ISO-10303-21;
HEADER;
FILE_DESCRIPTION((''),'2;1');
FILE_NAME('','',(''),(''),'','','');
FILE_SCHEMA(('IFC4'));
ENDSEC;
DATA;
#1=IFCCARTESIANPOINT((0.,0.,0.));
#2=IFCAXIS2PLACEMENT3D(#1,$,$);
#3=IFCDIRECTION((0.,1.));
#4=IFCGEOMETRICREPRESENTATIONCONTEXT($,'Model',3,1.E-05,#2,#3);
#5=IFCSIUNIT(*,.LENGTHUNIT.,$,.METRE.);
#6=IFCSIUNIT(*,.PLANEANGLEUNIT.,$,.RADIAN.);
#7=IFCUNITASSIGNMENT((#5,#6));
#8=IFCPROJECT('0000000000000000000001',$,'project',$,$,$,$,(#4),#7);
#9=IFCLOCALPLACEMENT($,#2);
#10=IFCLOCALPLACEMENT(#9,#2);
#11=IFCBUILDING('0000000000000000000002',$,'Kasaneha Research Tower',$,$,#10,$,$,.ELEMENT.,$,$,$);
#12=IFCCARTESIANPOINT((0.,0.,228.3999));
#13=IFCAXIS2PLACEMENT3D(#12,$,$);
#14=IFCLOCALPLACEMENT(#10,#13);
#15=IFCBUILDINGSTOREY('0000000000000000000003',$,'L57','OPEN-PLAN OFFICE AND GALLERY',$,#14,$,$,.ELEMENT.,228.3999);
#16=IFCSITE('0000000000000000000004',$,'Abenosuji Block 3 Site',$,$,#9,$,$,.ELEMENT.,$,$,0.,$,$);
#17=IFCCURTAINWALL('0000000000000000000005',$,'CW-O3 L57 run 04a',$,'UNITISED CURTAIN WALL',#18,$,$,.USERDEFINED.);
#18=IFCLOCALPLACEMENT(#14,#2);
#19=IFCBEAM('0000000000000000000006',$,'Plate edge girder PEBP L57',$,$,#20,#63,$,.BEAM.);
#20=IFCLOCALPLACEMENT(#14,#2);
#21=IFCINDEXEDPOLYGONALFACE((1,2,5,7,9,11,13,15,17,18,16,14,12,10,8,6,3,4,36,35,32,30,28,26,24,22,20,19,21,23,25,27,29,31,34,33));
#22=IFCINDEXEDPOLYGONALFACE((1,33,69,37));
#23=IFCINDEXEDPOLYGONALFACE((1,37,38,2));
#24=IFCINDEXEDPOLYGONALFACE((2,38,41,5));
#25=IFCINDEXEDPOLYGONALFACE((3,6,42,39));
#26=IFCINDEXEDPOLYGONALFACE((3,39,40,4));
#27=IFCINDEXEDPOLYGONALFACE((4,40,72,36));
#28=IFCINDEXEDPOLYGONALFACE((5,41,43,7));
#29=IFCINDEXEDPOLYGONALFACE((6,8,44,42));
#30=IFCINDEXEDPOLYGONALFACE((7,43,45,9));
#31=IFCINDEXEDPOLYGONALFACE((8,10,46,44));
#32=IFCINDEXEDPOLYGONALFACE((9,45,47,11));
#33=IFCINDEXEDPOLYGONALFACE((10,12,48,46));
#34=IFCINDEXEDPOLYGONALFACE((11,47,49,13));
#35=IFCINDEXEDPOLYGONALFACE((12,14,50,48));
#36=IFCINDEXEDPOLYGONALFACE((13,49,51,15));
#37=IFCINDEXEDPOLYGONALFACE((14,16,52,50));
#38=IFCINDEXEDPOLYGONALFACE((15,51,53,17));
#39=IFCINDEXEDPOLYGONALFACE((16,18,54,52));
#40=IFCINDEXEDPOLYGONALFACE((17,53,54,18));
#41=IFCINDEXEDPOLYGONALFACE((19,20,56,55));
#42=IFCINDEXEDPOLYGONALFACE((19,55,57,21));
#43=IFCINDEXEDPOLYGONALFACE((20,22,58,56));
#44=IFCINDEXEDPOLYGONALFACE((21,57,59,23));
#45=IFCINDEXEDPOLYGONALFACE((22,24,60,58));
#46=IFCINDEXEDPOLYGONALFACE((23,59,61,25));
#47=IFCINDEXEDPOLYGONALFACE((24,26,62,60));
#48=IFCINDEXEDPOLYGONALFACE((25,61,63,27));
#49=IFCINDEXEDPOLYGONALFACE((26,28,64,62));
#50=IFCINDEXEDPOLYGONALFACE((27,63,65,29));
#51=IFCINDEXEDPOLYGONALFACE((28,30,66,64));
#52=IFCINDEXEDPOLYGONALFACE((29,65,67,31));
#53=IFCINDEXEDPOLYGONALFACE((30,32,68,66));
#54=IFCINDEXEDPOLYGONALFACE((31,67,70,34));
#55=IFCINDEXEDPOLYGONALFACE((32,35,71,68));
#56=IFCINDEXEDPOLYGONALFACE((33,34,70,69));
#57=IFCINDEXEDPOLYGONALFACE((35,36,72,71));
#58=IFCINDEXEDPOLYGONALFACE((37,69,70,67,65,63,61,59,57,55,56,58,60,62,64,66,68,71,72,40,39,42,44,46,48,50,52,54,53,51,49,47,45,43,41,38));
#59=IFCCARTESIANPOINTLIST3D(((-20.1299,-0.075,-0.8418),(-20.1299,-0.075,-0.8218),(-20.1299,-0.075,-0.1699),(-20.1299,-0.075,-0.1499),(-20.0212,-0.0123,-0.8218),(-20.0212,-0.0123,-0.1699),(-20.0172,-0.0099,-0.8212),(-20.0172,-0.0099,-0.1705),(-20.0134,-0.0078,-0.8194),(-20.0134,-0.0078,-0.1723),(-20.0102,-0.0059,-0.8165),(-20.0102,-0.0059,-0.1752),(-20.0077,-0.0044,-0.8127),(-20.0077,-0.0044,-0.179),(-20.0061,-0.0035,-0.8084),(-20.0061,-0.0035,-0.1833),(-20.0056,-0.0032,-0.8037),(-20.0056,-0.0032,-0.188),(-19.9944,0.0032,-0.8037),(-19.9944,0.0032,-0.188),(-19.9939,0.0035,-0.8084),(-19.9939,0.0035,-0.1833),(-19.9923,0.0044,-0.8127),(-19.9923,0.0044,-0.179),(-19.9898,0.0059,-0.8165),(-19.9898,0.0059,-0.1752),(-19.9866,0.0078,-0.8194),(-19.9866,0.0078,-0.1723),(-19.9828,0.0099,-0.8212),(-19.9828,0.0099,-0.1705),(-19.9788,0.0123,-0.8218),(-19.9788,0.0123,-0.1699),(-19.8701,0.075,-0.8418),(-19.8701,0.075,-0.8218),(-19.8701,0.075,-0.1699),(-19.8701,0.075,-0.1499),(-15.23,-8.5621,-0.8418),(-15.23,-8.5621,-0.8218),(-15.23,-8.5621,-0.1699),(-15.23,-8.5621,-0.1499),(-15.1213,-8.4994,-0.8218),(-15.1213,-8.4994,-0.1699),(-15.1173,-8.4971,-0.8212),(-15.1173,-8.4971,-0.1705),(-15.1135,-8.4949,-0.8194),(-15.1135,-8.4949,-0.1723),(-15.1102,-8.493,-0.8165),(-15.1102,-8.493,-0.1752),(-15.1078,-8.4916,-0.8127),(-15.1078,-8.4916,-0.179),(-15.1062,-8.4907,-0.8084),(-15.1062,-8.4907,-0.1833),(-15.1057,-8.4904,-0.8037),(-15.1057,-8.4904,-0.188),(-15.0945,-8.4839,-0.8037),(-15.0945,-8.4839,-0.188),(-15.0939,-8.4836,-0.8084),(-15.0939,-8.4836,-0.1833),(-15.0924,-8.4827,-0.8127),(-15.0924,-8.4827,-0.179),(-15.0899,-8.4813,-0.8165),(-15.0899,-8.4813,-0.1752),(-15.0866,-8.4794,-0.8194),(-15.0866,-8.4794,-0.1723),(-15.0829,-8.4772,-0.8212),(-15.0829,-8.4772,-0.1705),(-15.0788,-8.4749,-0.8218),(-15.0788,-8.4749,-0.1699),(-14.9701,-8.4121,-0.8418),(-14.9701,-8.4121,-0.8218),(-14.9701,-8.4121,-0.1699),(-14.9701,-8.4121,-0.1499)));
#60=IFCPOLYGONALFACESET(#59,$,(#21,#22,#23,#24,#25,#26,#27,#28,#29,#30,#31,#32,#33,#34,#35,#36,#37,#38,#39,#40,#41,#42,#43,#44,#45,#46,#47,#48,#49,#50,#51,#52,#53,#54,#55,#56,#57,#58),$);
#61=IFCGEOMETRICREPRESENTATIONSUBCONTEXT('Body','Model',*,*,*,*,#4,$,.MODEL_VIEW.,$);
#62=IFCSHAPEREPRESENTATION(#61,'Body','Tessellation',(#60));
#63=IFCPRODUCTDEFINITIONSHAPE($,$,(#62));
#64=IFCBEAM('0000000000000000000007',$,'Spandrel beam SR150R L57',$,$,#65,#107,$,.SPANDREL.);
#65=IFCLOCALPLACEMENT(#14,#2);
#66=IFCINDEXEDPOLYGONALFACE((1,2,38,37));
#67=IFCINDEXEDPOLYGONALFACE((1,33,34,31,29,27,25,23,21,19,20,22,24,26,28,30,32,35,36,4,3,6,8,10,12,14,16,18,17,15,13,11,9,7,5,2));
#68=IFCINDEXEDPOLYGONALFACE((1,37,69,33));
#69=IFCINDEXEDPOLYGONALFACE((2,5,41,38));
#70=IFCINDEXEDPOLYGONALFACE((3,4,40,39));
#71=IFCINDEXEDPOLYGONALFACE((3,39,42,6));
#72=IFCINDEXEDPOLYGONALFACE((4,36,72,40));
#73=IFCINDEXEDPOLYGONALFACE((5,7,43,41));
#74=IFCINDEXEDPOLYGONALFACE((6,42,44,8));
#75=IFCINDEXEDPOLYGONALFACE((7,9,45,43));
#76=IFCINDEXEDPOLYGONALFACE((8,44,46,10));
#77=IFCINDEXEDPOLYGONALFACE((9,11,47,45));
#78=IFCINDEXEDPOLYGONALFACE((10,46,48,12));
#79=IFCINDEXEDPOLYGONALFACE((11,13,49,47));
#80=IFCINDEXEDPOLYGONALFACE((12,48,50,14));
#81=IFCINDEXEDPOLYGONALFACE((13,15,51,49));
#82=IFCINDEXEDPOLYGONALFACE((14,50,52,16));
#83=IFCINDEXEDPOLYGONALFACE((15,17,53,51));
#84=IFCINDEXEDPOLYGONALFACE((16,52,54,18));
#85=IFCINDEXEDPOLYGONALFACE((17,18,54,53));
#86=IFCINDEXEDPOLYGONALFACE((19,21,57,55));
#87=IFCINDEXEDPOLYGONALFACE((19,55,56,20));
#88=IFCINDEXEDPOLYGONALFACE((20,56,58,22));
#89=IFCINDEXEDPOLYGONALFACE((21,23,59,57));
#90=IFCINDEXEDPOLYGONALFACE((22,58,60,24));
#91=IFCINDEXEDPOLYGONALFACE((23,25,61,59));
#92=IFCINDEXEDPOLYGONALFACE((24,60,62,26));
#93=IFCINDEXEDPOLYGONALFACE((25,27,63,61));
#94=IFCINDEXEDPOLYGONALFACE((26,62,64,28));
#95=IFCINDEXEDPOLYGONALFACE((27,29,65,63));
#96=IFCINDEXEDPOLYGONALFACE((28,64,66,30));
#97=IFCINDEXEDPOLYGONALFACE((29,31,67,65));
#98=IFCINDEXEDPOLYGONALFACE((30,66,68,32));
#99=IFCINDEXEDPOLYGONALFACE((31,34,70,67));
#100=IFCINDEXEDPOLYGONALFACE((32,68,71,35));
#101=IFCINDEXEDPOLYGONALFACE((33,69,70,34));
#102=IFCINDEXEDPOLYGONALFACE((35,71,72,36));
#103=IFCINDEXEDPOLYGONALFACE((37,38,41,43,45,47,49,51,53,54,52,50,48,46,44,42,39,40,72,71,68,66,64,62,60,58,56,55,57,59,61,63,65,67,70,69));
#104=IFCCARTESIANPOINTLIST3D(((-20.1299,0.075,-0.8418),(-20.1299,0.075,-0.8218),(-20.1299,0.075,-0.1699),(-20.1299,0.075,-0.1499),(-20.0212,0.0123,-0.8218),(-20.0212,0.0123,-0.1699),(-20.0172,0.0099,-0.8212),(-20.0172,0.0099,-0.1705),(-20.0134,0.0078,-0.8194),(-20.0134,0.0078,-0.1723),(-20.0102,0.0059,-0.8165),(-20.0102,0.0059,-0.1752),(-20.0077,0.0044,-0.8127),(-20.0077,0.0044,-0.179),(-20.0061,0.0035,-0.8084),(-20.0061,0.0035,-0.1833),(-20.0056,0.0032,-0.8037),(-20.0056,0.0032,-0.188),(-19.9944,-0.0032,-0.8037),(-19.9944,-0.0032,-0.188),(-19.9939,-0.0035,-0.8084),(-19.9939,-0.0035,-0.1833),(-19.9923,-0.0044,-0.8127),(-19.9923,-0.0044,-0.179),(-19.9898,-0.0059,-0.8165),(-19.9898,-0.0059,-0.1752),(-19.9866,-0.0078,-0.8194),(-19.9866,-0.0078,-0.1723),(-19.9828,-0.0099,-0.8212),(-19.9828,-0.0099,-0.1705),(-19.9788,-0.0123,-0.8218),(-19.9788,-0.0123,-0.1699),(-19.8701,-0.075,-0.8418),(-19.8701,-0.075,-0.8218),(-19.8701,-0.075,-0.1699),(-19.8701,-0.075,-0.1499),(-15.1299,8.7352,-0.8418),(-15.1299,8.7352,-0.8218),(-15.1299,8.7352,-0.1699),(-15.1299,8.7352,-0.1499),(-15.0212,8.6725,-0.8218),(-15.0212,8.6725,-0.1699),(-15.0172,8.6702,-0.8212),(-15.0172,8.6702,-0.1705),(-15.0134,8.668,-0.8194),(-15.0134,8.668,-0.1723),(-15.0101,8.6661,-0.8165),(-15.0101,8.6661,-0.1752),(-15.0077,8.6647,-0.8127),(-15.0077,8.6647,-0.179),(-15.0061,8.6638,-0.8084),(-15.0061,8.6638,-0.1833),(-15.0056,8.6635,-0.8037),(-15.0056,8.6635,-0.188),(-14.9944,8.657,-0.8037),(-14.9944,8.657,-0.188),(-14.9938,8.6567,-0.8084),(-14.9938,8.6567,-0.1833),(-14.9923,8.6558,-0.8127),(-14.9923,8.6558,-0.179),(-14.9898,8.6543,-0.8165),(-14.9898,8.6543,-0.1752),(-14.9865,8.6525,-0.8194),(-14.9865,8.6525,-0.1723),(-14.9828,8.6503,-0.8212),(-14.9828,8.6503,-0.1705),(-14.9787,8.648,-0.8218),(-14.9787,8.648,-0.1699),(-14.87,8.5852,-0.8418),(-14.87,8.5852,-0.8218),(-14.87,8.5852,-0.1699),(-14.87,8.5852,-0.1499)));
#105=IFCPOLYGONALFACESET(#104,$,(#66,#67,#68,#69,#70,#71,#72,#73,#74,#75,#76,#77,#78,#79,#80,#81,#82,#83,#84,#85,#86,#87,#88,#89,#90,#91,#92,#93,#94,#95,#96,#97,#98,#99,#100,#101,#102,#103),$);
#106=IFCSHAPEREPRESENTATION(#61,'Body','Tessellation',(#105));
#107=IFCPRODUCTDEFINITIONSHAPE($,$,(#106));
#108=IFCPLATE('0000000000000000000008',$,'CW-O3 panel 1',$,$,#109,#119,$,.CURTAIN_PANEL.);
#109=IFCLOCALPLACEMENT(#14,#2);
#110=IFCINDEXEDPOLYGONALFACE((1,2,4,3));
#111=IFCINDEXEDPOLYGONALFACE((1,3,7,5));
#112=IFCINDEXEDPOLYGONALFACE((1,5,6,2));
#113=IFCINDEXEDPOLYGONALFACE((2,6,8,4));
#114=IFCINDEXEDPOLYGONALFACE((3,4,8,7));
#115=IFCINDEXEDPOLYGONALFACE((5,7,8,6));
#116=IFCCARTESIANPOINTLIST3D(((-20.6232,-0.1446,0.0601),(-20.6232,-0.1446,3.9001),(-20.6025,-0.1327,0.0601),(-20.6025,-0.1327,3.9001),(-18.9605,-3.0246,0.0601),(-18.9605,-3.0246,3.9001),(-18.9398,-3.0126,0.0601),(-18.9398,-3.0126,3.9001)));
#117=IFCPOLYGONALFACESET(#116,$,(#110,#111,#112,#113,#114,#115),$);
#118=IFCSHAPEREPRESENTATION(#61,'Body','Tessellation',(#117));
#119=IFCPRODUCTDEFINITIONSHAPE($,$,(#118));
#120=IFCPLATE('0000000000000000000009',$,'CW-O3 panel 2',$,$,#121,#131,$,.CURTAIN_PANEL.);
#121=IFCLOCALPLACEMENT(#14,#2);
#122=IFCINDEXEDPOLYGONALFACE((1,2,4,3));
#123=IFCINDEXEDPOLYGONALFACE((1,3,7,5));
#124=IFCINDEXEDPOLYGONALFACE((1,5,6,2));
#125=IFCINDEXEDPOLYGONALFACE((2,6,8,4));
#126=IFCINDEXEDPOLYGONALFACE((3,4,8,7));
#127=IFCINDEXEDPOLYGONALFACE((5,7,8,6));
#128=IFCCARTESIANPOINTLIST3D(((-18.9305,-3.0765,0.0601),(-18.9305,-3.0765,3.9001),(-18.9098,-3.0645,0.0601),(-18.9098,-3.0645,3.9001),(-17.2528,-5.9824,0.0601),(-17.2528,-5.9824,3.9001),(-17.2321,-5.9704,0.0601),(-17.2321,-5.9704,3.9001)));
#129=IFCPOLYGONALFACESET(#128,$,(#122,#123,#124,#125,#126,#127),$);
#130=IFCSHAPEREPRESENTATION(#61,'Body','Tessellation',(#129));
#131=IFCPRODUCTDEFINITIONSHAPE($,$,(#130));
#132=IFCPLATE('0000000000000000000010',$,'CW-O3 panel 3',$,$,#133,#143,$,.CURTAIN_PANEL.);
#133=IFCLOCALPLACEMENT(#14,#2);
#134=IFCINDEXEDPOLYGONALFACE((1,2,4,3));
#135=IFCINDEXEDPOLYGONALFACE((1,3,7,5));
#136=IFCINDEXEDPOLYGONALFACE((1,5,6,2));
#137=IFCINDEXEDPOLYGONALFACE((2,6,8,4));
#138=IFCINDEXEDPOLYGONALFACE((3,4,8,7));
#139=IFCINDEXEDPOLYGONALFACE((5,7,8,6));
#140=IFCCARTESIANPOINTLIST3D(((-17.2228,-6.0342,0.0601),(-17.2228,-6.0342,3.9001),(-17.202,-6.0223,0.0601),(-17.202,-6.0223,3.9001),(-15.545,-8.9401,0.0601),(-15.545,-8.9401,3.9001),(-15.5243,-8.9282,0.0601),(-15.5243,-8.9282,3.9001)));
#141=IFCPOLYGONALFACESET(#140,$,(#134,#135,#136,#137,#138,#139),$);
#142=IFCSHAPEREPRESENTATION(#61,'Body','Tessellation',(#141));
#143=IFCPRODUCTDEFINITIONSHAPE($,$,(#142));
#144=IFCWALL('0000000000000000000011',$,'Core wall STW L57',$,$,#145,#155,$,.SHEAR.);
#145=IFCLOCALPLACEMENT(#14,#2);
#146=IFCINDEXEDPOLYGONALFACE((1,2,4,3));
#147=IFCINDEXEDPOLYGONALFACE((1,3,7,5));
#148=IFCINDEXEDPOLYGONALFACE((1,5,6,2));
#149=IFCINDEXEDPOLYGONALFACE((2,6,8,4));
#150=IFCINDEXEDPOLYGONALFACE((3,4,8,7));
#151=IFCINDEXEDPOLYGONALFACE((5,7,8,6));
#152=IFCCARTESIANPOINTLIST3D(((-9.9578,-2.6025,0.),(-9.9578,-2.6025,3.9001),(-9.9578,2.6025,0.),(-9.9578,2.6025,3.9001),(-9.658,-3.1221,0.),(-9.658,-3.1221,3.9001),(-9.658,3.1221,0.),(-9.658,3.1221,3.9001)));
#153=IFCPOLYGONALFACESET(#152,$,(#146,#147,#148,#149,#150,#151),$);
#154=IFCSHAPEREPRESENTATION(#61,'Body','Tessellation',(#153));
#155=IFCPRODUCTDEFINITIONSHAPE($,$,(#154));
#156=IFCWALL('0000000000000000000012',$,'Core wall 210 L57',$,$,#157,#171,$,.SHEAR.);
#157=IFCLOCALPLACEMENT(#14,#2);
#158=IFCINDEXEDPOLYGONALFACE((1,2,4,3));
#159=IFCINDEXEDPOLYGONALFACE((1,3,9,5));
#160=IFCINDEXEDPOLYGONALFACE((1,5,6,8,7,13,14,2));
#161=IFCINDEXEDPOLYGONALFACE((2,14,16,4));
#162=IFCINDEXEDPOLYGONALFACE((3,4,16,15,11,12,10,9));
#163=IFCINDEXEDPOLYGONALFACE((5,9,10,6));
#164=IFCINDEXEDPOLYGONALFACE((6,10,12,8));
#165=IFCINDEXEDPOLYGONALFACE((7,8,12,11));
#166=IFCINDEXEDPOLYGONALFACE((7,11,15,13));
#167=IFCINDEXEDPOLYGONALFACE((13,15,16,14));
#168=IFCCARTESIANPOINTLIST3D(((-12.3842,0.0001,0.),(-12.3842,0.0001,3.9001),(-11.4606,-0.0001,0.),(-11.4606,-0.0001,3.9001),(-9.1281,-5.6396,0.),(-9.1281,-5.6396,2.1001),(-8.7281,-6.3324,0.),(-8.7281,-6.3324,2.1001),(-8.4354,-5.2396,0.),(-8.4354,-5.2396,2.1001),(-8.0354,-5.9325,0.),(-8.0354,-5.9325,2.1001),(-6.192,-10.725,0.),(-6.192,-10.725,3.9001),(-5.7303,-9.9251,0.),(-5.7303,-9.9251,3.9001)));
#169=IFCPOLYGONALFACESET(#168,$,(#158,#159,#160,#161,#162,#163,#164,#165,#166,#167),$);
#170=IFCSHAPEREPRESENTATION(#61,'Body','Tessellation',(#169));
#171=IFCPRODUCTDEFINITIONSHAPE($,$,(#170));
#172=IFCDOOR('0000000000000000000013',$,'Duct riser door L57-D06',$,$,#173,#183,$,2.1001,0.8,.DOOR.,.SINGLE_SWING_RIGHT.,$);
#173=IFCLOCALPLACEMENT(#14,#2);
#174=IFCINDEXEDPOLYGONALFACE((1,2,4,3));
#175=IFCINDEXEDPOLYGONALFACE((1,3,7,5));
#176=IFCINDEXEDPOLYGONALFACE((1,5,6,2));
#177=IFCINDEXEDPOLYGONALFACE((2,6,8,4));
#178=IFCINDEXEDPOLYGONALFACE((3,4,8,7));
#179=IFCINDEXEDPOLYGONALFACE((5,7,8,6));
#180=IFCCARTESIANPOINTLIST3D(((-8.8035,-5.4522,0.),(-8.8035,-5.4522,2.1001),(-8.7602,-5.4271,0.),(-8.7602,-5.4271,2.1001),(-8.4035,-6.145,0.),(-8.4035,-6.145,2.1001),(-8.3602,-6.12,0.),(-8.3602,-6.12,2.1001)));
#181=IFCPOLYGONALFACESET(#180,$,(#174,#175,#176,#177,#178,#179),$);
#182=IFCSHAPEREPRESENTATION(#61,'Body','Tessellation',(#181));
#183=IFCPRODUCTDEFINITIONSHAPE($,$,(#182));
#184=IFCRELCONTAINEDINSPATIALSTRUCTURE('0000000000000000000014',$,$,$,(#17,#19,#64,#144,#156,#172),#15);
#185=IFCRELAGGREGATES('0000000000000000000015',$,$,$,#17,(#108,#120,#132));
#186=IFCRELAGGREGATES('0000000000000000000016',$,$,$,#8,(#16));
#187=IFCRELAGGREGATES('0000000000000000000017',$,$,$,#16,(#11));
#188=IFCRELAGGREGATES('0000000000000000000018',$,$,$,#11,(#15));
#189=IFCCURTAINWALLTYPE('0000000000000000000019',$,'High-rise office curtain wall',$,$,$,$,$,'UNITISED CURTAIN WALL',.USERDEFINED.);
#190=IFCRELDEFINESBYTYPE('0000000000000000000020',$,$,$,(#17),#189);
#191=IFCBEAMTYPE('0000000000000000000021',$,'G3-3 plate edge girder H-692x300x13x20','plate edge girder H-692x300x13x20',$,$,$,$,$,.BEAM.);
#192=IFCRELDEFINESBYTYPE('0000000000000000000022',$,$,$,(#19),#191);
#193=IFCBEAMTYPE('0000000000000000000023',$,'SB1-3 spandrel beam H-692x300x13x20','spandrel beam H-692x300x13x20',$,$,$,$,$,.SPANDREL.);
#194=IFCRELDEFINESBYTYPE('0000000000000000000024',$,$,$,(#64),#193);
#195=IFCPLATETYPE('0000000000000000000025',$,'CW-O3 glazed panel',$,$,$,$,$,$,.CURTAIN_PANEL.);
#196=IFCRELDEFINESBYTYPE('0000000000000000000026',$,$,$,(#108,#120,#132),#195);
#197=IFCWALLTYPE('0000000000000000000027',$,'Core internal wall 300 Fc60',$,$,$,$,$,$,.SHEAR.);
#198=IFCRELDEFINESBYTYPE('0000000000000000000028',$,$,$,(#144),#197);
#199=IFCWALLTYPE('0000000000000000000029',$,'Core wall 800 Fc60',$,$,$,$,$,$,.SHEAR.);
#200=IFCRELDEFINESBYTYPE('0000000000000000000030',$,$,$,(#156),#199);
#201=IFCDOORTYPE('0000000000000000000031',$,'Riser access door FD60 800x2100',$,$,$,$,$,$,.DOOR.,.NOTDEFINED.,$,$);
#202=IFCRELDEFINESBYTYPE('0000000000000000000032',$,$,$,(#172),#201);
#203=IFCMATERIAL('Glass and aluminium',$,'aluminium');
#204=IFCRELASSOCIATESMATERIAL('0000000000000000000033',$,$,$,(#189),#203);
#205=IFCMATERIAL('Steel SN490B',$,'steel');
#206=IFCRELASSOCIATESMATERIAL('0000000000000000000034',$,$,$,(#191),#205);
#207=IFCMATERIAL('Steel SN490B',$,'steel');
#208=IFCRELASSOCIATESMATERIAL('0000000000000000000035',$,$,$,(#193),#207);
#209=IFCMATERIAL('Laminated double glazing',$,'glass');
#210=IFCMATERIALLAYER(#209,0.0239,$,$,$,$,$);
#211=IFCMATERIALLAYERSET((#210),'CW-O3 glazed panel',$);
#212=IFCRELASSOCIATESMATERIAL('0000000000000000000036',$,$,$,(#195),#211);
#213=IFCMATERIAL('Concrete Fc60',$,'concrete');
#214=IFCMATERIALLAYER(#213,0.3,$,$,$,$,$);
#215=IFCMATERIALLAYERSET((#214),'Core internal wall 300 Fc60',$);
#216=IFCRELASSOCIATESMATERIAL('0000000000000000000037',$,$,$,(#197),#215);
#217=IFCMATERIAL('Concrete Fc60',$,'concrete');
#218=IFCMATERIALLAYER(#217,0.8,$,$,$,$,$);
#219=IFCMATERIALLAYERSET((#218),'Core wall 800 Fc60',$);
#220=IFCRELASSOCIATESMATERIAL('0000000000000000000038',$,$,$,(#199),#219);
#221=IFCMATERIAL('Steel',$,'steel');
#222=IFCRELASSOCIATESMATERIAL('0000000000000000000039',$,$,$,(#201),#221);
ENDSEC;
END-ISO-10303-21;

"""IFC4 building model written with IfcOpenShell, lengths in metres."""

from ifc_helpers import new_model, si_unit, direction, frame, frame_2d, origin, origin_2d, place, context, subcontext, project, spatial, polyline, rectangle, i_section, outline, extrude, material, layer, layer_set, material_profile, profile_set, type_object, element, fill, aggregate, save


model = new_model("IFC4")

# Units and contexts
model_context = context("Model", 3, precision=1e-05, world=origin(), true_north=direction((0.0, 1.0)))
body_context = subcontext(model_context, "Body", "Model", "MODEL_VIEW")
ifc_project = project(units=[si_unit("LENGTHUNIT", "METRE"), si_unit("PLANEANGLEUNIT", "RADIAN")], contexts=[model_context])

# Site, building, storey
site_placement = place(None, origin())
site = spatial("IfcSite", under=ifc_project, at=site_placement, Name="Abenosuji Block 3 Site", CompositionType="ELEMENT", RefElevation=0.0)
building_placement = place(site_placement, origin())
building = spatial("IfcBuilding", under=site, at=building_placement, Name="Kasaneha Research Tower", CompositionType="ELEMENT")
storey_placement = place(building_placement, frame((0.0, 0.0, 228.3999)))
storey = spatial("IfcBuildingStorey", under=building, at=storey_placement, Name="L57", Description="OPEN-PLAN OFFICE AND GALLERY", CompositionType="ELEMENT", Elevation=228.3999)

# Curtain wall
ifc_material_1 = material(Name="Glass and aluminium", Category="aluminium")
curtain_wall_type = type_object("IfcCurtainWallType", Name="High-rise office curtain wall", ElementType="UNITISED CURTAIN WALL", PredefinedType="USERDEFINED", material=ifc_material_1)
curtain_wall_placement = place(storey_placement, origin())
curtain_wall = element("IfcCurtainWall", 1, at=curtain_wall_placement, inside=storey, type_object=curtain_wall_type, Name="CW-O3 L57 run 04a", ObjectType="UNITISED CURTAIN WALL", PredefinedType="USERDEFINED")

# Beams
ifc_material_2 = material(Name="Steel SN490B", Category="steel")
ifc_material_profile_1 = material_profile(ifc_material_2, i_section(OverallWidth=0.3, OverallDepth=0.6919, WebThickness=0.0129, FlangeThickness=0.02, FilletRadius=0.0181, at=origin_2d()), Name="H-692x300x13x20")
ifc_profile_set_1 = profile_set([ifc_material_profile_1], Name="Steel SN490B")
beam_type_1 = type_object("IfcBeamType", Name="G3-3 plate edge girder H-692x300x13x20", Description="plate edge girder H-692x300x13x20", PredefinedType="BEAM", material=ifc_profile_set_1)
beam_1_placement = place(storey_placement, frame((-20.0, 0.0, -0.4958), z_axis=(0.499992, -0.86603, 0.0), x_axis=(0.86603, 0.499992, 0.0)))
element("IfcBeam", 2, at=beam_1_placement, inside=storey, type_object=beam_type_1, Name="Plate edge girder PEBP L57", PredefinedType="BEAM", context=body_context, shape_type="SweptSolid", body=[
    extrude(i_section(OverallWidth=0.3, OverallDepth=0.6919, WebThickness=0.0129, FlangeThickness=0.02, FilletRadius=0.0181, at=origin_2d()), origin(), (0.0, 0.0, 1.0), 9.8),
])
ifc_material_3 = material(Name="Steel SN490B", Category="steel")
ifc_material_profile_2 = material_profile(ifc_material_3, i_section(OverallWidth=0.3, OverallDepth=0.6919, WebThickness=0.0129, FlangeThickness=0.02, FilletRadius=0.0181, at=origin_2d()), Name="H-692x300x13x20")
ifc_profile_set_2 = profile_set([ifc_material_profile_2], Name="Steel SN490B")
beam_type_2 = type_object("IfcBeamType", Name="SB1-3 spandrel beam H-692x300x13x20", Description="spandrel beam H-692x300x13x20", PredefinedType="SPANDREL", material=ifc_profile_set_2)
beam_2_placement = place(storey_placement, frame((-20.0, 0.0, -0.4958), z_axis=(0.500004, 0.866023, 0.0), x_axis=(-0.866023, 0.500004, 0.0)))
element("IfcBeam", 3, at=beam_2_placement, inside=storey, type_object=beam_type_2, Name="Spandrel beam SR150R L57", PredefinedType="SPANDREL", context=body_context, shape_type="SweptSolid", body=[
    extrude(i_section(OverallWidth=0.3, OverallDepth=0.6919, WebThickness=0.0129, FlangeThickness=0.02, FilletRadius=0.0181, at=origin_2d()), origin(), (0.0, 0.0, 1.0), 10.0),
])

# Plates
ifc_material_4 = material(Name="Laminated double glazing", Category="glass")
ifc_layer_1 = layer(ifc_material_4, 0.0239)
ifc_layer_set_1 = layer_set([ifc_layer_1], Name="CW-O3 glazed panel")
plate_type = type_object("IfcPlateType", Name="CW-O3 glazed panel", PredefinedType="CURTAIN_PANEL", material=ifc_layer_set_1)
plate_1_placement = place(storey_placement, frame((-19.7815, -1.5786, 0.0601), z_axis=(0.0, 0.0, 1.0), x_axis=(0.5, -0.866025, 0.0)))
plate_1 = element("IfcPlate", 4, at=plate_1_placement, type_object=plate_type, Name="CW-O3 panel 1", PredefinedType="CURTAIN_PANEL", context=body_context, shape_type="SweptSolid", body=[
    extrude(rectangle(XDim=3.3254, YDim=0.0239, at=origin_2d()), origin(), (0.0, 0.0, 1.0), 3.8401),
])
plate_2_placement = place(storey_placement, frame((-18.0813, -4.5234, 0.0601), z_axis=(0.0, 0.0, 1.0), x_axis=(0.5, -0.866025, 0.0)))
plate_2 = element("IfcPlate", 5, at=plate_2_placement, type_object=plate_type, Name="CW-O3 panel 2", PredefinedType="CURTAIN_PANEL", context=body_context, shape_type="SweptSolid", body=[
    extrude(rectangle(XDim=3.3555, YDim=0.0239, at=origin_2d()), origin(), (0.0, 0.0, 1.0), 3.8401),
])
plate_3_placement = place(storey_placement, frame((-16.3735, -7.4812, 0.0601), z_axis=(0.0, 0.0, 1.0), x_axis=(0.5, -0.866025, 0.0)))
plate_3 = element("IfcPlate", 6, at=plate_3_placement, type_object=plate_type, Name="CW-O3 panel 3", PredefinedType="CURTAIN_PANEL", context=body_context, shape_type="SweptSolid", body=[
    extrude(rectangle(XDim=3.3555, YDim=0.0239, at=origin_2d()), origin(), (0.0, 0.0, 1.0), 3.8401),
])
aggregate(curtain_wall, [plate_1, plate_2, plate_3])

# Wall
ifc_material_5 = material(Name="Concrete Fc60", Category="concrete")
ifc_layer_2 = layer(ifc_material_5, 0.3)
ifc_layer_set_2 = layer_set([ifc_layer_2], Name="Core internal wall 300 Fc60")
wall_type_1 = type_object("IfcWallType", Name="Core internal wall 300 Fc60", PredefinedType="SHEAR", material=ifc_layer_set_2)
wall_1_placement = place(storey_placement, frame((-9.8079, -2.8623, 0.0), z_axis=(0.0, 0.0, 1.0), x_axis=(0.0, 1.0, 0.0)))
element("IfcWall", 7, at=wall_1_placement, inside=storey, type_object=wall_type_1, Name="Core wall STW L57", PredefinedType="SHEAR", context=body_context, shape_type="SweptSolid", body=[
    extrude(outline(polyline([(-0.2598, -0.1499), (5.9844, -0.1499), (5.4648, 0.1499), (0.2598, 0.1499), (-0.2598, -0.1499)])), origin(), (0.0, 0.0, 1.0), 3.9001),
])

# Wall, opening, door
ifc_material_6 = material(Name="Concrete Fc60", Category="concrete")
ifc_layer_3 = layer(ifc_material_6, 0.8)
ifc_layer_set_3 = layer_set([ifc_layer_3], Name="Core wall 800 Fc60")
wall_type_2 = type_object("IfcWallType", Name="Core wall 800 Fc60", PredefinedType="SHEAR", material=ifc_layer_set_3)
wall_2_placement = place(storey_placement, frame((-11.9224, 0.0, 0.0), z_axis=(0.0, 0.0, 1.0), x_axis=(0.500004, -0.866023, 0.0)))
wall_2 = element("IfcWall", 8, at=wall_2_placement, inside=storey, type_object=wall_type_2, Name="Core wall 210 L57", PredefinedType="SHEAR", context=body_context, shape_type="SweptSolid", body=[
    extrude(outline(polyline([(-0.231, -0.3999), (6.2812, -0.3999), (7.0813, -0.3999), (12.1533, -0.3999), (11.6914, 0.3999), (7.0813, 0.3999), (6.2812, 0.3999), (0.231, 0.3999), (-0.231, -0.3999)])), origin(), (0.0, 0.0, 1.0), 3.9001),
])
opening_1_placement = place(wall_2_placement, frame((6.2812, 0.0, 0.0)))
opening_1 = element("IfcOpeningElement", 9, at=opening_1_placement, cuts=wall_2, PredefinedType="OPENING", context=body_context, shape_type="SweptSolid", body=[
    extrude(rectangle(XDim=0.8, YDim=2.1001, at=frame_2d((0.3999, 1.05))), frame((0.0, 0.4102, 0.0), z_axis=(0.0, -1.0, 0.0), x_axis=(1.0, 0.0, 0.0)), (0.0, 0.0, 1.0), 0.8201),
])
ifc_material_7 = material(Name="Steel", Category="steel")
door_type_1 = type_object("IfcDoorType", Name="Riser access door FD60 800x2100", OperationType="NOTDEFINED", PredefinedType="DOOR", material=ifc_material_7)
door_1_placement = place(opening_1_placement, origin())
door_1 = element("IfcDoor", 10, at=door_1_placement, inside=storey, type_object=door_type_1, Name="Duct riser door L57-D06", OperationType="SINGLE_SWING_RIGHT", OverallHeight=2.1001, OverallWidth=0.8, PredefinedType="DOOR", context=body_context, shape_type="SweptSolid", body=[
    extrude(rectangle(XDim=0.8, YDim=2.1001, at=frame_2d((0.3999, 1.05))), frame((0.0, 0.0249, 0.0), z_axis=(0.0, -1.0, 0.0), x_axis=(1.0, 0.0, 0.0)), (0.0, 0.0, 1.0), 0.05),
])
fill(opening_1, door_1)

save(model, "model.ifc")
